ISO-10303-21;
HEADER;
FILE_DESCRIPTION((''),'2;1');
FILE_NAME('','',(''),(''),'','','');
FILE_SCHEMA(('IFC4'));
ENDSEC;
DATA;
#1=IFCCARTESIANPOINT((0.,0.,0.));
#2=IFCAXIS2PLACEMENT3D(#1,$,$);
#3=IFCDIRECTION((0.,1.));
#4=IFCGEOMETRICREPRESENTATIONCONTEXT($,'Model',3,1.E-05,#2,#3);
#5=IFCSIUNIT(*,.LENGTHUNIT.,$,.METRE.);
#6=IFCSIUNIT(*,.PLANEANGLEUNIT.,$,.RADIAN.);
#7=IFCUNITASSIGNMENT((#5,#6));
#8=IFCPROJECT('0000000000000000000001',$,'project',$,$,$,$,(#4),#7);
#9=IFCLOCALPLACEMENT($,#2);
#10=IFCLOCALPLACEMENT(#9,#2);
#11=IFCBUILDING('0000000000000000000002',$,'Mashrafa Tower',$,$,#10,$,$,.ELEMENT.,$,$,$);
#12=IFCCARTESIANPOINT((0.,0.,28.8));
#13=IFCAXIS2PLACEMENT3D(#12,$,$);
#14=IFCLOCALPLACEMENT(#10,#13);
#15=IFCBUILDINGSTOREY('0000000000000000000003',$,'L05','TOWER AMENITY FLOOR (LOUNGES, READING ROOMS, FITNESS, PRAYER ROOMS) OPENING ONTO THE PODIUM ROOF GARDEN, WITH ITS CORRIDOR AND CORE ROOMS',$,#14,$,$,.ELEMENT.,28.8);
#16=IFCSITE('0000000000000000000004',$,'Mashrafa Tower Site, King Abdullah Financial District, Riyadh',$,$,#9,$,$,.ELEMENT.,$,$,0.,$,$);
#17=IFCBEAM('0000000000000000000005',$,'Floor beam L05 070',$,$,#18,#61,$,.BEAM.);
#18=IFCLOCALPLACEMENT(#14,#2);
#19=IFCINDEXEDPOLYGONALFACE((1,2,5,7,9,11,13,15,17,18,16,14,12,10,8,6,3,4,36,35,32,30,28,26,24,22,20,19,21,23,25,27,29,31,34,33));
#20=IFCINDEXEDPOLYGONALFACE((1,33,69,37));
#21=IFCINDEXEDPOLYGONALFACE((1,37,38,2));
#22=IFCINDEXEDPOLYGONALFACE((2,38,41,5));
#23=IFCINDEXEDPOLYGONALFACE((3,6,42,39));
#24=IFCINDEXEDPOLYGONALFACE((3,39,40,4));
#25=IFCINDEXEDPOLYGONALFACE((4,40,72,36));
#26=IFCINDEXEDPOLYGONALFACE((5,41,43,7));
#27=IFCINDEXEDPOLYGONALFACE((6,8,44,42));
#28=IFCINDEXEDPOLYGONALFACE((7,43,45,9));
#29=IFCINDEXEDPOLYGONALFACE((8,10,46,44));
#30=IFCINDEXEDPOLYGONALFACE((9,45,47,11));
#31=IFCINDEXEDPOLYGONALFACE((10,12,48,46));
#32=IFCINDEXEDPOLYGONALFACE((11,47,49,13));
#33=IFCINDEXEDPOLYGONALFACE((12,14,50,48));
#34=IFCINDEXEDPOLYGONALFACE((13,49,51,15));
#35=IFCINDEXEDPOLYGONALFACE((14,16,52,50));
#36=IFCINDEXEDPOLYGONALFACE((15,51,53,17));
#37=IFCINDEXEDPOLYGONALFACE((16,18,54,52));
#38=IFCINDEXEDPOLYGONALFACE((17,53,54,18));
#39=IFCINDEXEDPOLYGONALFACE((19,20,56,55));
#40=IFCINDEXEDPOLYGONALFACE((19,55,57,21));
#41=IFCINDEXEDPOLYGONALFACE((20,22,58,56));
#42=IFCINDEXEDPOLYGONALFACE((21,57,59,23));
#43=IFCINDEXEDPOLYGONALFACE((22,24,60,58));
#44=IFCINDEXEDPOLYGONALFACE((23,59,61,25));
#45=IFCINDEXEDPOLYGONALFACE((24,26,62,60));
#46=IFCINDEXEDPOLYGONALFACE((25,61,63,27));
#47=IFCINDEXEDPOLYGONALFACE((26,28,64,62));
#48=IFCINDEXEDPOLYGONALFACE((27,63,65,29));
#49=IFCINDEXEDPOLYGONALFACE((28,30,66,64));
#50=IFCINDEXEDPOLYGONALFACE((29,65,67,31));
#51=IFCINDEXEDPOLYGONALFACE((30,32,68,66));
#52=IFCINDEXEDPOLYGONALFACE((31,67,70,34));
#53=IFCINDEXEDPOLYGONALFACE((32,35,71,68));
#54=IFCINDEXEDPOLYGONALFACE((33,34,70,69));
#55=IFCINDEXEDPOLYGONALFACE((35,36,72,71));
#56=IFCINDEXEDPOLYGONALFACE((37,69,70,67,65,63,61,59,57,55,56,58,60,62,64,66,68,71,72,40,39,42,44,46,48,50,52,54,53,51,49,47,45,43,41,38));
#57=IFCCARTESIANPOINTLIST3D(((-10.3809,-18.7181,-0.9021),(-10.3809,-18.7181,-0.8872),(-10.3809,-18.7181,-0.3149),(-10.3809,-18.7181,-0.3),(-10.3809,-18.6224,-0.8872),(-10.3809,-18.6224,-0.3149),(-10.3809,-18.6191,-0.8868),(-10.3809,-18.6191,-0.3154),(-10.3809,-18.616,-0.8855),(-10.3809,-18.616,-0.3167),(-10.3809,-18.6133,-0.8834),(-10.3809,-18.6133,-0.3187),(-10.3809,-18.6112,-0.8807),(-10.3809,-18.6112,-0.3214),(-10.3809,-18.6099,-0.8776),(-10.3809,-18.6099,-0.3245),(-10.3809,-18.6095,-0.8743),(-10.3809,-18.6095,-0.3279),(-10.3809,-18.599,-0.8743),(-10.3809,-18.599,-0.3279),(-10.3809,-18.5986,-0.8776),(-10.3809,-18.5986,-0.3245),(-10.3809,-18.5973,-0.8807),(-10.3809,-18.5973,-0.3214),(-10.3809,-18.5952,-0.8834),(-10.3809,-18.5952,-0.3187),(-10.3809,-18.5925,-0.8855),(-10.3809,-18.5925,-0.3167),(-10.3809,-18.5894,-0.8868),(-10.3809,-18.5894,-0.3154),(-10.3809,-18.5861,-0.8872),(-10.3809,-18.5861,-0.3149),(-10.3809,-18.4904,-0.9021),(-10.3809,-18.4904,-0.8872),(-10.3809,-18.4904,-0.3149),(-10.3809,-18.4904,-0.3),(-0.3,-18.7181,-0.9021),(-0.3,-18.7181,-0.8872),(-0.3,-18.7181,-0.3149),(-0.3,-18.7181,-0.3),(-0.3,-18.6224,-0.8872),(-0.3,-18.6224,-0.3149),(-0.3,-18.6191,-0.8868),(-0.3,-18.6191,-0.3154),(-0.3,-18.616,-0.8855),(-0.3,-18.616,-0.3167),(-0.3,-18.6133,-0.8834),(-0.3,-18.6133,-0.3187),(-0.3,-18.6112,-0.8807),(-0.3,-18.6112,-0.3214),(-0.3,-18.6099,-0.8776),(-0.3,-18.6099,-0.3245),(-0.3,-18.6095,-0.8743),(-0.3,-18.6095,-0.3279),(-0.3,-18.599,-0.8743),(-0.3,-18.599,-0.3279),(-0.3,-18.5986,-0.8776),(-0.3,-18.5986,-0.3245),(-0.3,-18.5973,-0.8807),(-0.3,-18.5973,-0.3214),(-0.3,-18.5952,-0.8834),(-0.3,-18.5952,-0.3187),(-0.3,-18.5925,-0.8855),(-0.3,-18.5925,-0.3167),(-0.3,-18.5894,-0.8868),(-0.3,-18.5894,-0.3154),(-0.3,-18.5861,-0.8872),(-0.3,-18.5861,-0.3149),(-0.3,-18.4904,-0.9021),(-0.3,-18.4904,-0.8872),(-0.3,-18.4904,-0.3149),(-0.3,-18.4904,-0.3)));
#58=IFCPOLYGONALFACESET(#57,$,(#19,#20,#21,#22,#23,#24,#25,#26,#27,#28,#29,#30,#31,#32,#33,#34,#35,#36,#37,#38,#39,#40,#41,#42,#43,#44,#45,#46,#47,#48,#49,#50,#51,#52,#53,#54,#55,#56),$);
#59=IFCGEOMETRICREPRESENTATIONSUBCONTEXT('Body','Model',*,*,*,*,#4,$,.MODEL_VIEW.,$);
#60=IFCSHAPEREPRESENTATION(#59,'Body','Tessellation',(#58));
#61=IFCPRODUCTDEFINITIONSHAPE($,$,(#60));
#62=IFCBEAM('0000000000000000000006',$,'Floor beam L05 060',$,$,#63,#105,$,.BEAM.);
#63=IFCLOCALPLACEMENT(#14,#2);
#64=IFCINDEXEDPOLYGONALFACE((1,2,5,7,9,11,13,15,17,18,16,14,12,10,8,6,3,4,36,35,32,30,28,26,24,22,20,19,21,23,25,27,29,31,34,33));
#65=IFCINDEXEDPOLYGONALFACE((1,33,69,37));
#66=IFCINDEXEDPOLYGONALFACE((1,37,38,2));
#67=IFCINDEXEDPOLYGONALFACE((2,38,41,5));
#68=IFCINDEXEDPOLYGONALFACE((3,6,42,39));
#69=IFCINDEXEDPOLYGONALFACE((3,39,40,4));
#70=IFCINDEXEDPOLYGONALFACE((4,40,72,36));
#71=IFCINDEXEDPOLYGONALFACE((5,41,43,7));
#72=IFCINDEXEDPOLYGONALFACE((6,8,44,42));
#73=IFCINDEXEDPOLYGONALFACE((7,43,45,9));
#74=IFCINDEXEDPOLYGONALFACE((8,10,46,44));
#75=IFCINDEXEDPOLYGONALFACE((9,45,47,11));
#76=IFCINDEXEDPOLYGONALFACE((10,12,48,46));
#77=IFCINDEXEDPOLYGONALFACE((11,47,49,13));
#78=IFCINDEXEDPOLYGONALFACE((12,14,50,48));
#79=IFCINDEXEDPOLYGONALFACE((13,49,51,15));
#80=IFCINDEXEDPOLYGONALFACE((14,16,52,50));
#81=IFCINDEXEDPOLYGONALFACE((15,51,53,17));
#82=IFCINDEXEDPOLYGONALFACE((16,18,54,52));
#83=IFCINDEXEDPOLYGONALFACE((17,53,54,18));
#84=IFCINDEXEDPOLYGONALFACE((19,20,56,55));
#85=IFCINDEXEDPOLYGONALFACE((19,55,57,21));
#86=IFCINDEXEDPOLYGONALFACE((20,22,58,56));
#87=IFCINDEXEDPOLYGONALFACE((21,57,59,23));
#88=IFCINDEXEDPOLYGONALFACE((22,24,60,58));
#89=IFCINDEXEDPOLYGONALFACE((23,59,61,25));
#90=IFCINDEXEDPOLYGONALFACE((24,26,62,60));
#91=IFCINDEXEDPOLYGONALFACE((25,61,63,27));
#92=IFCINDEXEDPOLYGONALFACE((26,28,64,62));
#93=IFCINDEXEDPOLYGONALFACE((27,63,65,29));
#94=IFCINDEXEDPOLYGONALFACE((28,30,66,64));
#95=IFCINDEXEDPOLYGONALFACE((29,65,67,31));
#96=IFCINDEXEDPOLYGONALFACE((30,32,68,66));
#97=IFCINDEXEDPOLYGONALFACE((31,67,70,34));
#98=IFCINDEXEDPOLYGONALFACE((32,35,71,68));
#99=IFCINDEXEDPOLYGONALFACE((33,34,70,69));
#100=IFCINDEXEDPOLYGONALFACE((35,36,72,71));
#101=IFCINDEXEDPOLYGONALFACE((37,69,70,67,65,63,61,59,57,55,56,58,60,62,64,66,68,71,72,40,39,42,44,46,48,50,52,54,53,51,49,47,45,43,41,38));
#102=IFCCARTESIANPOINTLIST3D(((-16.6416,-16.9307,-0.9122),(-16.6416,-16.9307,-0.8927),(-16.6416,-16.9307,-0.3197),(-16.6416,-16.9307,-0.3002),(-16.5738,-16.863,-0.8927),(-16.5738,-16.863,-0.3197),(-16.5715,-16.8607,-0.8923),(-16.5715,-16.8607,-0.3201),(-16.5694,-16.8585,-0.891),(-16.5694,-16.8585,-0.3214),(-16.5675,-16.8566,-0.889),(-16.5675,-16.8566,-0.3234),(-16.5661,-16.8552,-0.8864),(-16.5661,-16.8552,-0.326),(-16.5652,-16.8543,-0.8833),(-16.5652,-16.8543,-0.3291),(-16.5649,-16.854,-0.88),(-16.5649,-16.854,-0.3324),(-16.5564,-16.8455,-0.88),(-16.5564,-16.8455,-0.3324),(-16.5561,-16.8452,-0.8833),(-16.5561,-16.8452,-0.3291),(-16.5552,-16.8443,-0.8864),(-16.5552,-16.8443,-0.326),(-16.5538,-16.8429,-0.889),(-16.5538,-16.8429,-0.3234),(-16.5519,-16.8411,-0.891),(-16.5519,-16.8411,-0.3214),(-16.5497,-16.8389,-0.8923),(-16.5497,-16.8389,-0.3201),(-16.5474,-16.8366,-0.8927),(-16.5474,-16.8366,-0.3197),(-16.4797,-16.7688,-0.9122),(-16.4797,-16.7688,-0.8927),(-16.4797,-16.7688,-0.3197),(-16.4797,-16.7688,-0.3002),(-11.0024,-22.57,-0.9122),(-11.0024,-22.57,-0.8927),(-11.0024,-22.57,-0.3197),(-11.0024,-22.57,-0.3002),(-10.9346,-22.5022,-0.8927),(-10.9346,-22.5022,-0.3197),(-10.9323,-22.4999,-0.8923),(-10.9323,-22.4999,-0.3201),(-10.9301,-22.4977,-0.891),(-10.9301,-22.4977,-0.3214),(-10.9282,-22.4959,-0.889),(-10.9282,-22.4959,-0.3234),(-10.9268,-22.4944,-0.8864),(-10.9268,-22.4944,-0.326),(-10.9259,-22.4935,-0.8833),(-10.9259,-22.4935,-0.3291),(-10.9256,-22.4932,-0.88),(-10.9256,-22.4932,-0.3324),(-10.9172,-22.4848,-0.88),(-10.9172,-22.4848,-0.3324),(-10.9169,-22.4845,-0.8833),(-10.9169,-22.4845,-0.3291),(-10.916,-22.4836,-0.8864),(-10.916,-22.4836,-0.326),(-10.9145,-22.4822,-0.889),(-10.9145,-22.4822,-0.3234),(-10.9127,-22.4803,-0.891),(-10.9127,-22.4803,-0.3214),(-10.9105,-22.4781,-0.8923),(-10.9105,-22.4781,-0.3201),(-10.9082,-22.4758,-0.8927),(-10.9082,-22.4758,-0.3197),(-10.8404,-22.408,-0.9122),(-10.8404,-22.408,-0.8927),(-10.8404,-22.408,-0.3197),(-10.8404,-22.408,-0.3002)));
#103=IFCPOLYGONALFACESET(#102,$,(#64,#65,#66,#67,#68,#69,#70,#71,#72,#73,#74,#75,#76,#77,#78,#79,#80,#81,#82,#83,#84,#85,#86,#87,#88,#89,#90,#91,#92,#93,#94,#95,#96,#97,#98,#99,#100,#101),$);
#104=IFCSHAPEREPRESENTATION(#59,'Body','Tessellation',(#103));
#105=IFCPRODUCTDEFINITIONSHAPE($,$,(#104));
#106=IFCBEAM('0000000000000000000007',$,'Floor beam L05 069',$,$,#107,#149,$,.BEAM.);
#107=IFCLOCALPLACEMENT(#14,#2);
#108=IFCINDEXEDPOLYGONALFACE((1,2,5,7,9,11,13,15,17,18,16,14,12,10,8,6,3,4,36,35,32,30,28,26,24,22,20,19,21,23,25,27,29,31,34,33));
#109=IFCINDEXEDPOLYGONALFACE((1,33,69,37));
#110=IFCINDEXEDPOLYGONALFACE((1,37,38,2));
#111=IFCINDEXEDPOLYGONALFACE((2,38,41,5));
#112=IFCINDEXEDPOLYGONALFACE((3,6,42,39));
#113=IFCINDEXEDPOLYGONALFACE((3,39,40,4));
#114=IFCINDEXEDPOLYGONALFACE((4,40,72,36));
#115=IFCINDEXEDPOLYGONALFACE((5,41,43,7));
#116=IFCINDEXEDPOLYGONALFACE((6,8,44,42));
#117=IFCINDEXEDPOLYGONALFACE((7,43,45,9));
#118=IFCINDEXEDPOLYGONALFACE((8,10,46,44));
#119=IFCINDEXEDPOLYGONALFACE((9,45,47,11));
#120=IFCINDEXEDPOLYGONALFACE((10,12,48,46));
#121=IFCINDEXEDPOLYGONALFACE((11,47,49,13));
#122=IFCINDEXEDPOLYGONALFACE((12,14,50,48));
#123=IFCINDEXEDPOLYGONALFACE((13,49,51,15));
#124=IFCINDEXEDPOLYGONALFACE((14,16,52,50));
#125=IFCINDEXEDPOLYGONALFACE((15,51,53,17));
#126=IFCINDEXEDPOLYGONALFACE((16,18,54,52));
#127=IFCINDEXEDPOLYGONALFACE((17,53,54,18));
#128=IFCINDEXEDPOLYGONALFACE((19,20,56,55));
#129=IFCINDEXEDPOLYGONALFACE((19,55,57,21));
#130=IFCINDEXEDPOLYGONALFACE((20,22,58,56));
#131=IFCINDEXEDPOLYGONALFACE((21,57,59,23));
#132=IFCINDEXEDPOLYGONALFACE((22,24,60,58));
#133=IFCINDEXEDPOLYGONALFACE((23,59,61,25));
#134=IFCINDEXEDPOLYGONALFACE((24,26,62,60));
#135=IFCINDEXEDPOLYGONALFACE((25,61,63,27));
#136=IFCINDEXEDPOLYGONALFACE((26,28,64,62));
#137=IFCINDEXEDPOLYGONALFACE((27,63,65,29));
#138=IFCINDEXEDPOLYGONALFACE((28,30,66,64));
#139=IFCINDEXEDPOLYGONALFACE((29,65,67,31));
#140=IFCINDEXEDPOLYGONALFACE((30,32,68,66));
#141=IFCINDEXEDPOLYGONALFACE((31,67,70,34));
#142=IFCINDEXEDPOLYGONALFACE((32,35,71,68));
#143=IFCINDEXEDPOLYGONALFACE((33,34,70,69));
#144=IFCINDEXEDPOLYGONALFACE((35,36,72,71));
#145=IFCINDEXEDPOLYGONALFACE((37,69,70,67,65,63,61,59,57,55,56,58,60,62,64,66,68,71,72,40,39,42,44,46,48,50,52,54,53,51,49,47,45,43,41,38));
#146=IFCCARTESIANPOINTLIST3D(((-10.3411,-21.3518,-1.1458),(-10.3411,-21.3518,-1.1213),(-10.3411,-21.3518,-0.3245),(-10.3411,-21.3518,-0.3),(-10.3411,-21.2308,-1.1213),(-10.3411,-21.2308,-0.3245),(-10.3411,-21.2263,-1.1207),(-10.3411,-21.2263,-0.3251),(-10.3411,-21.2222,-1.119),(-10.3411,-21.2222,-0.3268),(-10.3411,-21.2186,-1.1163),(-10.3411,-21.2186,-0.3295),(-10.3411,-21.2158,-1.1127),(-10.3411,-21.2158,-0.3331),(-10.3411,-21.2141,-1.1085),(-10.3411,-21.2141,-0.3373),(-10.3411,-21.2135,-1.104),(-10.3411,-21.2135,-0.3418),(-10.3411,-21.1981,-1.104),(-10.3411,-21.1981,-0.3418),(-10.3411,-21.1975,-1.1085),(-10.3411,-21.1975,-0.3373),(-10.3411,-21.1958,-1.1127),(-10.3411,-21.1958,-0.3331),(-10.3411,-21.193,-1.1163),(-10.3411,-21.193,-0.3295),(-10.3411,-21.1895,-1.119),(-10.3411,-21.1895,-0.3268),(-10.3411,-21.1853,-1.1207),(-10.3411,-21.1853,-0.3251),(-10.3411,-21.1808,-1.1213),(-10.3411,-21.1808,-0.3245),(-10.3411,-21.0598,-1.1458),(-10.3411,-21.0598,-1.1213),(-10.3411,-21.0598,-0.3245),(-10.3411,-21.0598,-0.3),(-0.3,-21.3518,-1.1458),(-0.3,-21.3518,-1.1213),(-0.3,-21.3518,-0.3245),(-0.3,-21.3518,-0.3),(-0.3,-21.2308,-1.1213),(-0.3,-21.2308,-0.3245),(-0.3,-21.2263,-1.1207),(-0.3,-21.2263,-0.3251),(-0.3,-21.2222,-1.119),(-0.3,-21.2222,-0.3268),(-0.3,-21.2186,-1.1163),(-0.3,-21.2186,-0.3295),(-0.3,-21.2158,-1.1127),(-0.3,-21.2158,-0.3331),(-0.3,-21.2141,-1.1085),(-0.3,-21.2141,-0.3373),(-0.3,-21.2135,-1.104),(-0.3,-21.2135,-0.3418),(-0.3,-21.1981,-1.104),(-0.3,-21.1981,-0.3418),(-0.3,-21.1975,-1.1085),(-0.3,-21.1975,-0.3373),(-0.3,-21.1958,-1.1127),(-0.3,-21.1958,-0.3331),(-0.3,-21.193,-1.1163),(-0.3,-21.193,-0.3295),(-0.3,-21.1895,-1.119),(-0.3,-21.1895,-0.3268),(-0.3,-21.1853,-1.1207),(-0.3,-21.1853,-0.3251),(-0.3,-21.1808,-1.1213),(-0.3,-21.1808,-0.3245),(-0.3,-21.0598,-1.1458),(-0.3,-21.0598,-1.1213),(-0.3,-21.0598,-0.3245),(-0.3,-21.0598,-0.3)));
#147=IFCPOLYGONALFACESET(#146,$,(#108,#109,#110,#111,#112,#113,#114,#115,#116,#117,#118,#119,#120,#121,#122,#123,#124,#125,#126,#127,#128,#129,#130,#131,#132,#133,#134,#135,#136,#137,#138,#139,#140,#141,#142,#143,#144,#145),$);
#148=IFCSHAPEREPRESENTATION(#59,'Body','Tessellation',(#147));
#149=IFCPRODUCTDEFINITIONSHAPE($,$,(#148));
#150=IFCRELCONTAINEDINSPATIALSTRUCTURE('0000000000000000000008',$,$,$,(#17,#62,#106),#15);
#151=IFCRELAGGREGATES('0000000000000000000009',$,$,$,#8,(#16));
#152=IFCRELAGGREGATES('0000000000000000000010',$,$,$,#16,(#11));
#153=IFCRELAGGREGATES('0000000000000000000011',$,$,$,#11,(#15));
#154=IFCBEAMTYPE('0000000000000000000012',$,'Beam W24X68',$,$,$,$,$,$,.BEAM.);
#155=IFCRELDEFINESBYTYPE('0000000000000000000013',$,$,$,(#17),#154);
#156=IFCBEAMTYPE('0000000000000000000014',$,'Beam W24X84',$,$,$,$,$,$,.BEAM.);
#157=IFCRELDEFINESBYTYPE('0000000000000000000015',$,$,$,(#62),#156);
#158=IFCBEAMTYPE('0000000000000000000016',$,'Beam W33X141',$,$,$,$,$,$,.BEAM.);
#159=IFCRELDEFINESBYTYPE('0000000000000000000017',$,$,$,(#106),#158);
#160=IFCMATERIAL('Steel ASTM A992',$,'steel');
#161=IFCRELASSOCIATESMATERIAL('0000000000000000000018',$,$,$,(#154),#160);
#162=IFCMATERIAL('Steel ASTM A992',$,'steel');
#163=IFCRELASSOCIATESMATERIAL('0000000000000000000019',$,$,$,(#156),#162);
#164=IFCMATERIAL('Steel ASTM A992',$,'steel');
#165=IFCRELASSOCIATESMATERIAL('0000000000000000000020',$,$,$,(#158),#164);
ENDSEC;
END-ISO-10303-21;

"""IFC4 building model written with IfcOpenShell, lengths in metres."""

from ifc_helpers import new_model, si_unit, direction, frame, origin, origin_2d, place, context, subcontext, project, spatial, i_section, extrude, material, material_profile, profile_set, type_object, element, save


model = new_model("IFC4")

# Units and contexts
model_context = context("Model", 3, precision=1e-05, world=origin(), true_north=direction((0.0, 1.0)))
body_context = subcontext(model_context, "Body", "Model", "MODEL_VIEW")
ifc_project = project(units=[si_unit("LENGTHUNIT", "METRE"), si_unit("PLANEANGLEUNIT", "RADIAN")], contexts=[model_context])

# Site, building, storey
site_placement = place(None, origin())
site = spatial("IfcSite", under=ifc_project, at=site_placement, Name="Mashrafa Tower Site, King Abdullah Financial District, Riyadh", CompositionType="ELEMENT", RefElevation=0.0)
building_placement = place(site_placement, origin())
building = spatial("IfcBuilding", under=site, at=building_placement, Name="Mashrafa Tower", CompositionType="ELEMENT")
storey_placement = place(building_placement, frame((0.0, 0.0, 28.8)))
storey = spatial("IfcBuildingStorey", under=building, at=storey_placement, Name="L05", Description="TOWER AMENITY FLOOR (LOUNGES, READING ROOMS, FITNESS, PRAYER ROOMS) OPENING ONTO THE PODIUM ROOF GARDEN, WITH ITS CORRIDOR AND CORE ROOMS", CompositionType="ELEMENT", Elevation=28.8)

# Beams
ifc_material_1 = material(Name="Steel ASTM A992", Category="steel")
ifc_material_profile_1 = material_profile(ifc_material_1, i_section(OverallWidth=0.2278, OverallDepth=0.6021, WebThickness=0.0105, FlangeThickness=0.0149, FilletRadius=0.0129, at=origin_2d()), Name="W24X68")
ifc_profile_set_1 = profile_set([ifc_material_profile_1], Name="Steel ASTM A992")
beam_type_1 = type_object("IfcBeamType", Name="Beam W24X68", PredefinedType="BEAM", material=ifc_profile_set_1)
beam_1_placement = place(storey_placement, frame((-0.3, -18.6042, -0.6011), z_axis=(-1.0, 0.0, 0.0), x_axis=(0.0, -1.0, 0.0)))
element("IfcBeam", 1, at=beam_1_placement, inside=storey, type_object=beam_type_1, Name="Floor beam L05 070", PredefinedType="BEAM", context=body_context, shape_type="SweptSolid", body=[
    extrude(i_section(OverallWidth=0.2278, OverallDepth=0.6021, WebThickness=0.0105, FlangeThickness=0.0149, FilletRadius=0.0129, at=origin_2d()), origin(), (0.0, 0.0, 1.0), 10.0808),
])
ifc_material_2 = material(Name="Steel ASTM A992", Category="steel")
ifc_material_profile_2 = material_profile(ifc_material_2, i_section(OverallWidth=0.229, OverallDepth=0.6121, WebThickness=0.012, FlangeThickness=0.0195, FilletRadius=0.0127, at=origin_2d()), Name="W24X84")
ifc_profile_set_2 = profile_set([ifc_material_profile_2], Name="Steel ASTM A992")
beam_type_2 = type_object("IfcBeamType", Name="Beam W24X84", PredefinedType="BEAM", material=ifc_profile_set_2)
beam_2_placement = place(storey_placement, frame((-10.9214, -22.489, -0.6062), z_axis=(-0.707107, 0.707107, 0.0), x_axis=(-0.707107, -0.707107, 0.0)))
element("IfcBeam", 2, at=beam_2_placement, inside=storey, type_object=beam_type_2, Name="Floor beam L05 060", PredefinedType="BEAM", context=body_context, shape_type="SweptSolid", body=[
    extrude(i_section(OverallWidth=0.229, OverallDepth=0.6121, WebThickness=0.012, FlangeThickness=0.0195, FilletRadius=0.0127, at=origin_2d()), origin(), (0.0, 0.0, 1.0), 7.9751),
])
ifc_material_3 = material(Name="Steel ASTM A992", Category="steel")
ifc_material_profile_3 = material_profile(ifc_material_3, i_section(OverallWidth=0.292, OverallDepth=0.8457, WebThickness=0.0154, FlangeThickness=0.0244, FilletRadius=0.0173, at=origin_2d()), Name="W33X141")
ifc_profile_set_3 = profile_set([ifc_material_profile_3], Name="Steel ASTM A992")
beam_type_3 = type_object("IfcBeamType", Name="Beam W33X141", PredefinedType="BEAM", material=ifc_profile_set_3)
beam_3_placement = place(storey_placement, frame((-0.3, -21.2058, -0.7229), z_axis=(-1.0, 0.0, 0.0), x_axis=(0.0, -1.0, 0.0)))
element("IfcBeam", 3, at=beam_3_placement, inside=storey, type_object=beam_type_3, Name="Floor beam L05 069", PredefinedType="BEAM", context=body_context, shape_type="SweptSolid", body=[
    extrude(i_section(OverallWidth=0.292, OverallDepth=0.8457, WebThickness=0.0154, FlangeThickness=0.0244, FilletRadius=0.0173, at=origin_2d()), origin(), (0.0, 0.0, 1.0), 10.041),
])

save(model, "model.ifc")
